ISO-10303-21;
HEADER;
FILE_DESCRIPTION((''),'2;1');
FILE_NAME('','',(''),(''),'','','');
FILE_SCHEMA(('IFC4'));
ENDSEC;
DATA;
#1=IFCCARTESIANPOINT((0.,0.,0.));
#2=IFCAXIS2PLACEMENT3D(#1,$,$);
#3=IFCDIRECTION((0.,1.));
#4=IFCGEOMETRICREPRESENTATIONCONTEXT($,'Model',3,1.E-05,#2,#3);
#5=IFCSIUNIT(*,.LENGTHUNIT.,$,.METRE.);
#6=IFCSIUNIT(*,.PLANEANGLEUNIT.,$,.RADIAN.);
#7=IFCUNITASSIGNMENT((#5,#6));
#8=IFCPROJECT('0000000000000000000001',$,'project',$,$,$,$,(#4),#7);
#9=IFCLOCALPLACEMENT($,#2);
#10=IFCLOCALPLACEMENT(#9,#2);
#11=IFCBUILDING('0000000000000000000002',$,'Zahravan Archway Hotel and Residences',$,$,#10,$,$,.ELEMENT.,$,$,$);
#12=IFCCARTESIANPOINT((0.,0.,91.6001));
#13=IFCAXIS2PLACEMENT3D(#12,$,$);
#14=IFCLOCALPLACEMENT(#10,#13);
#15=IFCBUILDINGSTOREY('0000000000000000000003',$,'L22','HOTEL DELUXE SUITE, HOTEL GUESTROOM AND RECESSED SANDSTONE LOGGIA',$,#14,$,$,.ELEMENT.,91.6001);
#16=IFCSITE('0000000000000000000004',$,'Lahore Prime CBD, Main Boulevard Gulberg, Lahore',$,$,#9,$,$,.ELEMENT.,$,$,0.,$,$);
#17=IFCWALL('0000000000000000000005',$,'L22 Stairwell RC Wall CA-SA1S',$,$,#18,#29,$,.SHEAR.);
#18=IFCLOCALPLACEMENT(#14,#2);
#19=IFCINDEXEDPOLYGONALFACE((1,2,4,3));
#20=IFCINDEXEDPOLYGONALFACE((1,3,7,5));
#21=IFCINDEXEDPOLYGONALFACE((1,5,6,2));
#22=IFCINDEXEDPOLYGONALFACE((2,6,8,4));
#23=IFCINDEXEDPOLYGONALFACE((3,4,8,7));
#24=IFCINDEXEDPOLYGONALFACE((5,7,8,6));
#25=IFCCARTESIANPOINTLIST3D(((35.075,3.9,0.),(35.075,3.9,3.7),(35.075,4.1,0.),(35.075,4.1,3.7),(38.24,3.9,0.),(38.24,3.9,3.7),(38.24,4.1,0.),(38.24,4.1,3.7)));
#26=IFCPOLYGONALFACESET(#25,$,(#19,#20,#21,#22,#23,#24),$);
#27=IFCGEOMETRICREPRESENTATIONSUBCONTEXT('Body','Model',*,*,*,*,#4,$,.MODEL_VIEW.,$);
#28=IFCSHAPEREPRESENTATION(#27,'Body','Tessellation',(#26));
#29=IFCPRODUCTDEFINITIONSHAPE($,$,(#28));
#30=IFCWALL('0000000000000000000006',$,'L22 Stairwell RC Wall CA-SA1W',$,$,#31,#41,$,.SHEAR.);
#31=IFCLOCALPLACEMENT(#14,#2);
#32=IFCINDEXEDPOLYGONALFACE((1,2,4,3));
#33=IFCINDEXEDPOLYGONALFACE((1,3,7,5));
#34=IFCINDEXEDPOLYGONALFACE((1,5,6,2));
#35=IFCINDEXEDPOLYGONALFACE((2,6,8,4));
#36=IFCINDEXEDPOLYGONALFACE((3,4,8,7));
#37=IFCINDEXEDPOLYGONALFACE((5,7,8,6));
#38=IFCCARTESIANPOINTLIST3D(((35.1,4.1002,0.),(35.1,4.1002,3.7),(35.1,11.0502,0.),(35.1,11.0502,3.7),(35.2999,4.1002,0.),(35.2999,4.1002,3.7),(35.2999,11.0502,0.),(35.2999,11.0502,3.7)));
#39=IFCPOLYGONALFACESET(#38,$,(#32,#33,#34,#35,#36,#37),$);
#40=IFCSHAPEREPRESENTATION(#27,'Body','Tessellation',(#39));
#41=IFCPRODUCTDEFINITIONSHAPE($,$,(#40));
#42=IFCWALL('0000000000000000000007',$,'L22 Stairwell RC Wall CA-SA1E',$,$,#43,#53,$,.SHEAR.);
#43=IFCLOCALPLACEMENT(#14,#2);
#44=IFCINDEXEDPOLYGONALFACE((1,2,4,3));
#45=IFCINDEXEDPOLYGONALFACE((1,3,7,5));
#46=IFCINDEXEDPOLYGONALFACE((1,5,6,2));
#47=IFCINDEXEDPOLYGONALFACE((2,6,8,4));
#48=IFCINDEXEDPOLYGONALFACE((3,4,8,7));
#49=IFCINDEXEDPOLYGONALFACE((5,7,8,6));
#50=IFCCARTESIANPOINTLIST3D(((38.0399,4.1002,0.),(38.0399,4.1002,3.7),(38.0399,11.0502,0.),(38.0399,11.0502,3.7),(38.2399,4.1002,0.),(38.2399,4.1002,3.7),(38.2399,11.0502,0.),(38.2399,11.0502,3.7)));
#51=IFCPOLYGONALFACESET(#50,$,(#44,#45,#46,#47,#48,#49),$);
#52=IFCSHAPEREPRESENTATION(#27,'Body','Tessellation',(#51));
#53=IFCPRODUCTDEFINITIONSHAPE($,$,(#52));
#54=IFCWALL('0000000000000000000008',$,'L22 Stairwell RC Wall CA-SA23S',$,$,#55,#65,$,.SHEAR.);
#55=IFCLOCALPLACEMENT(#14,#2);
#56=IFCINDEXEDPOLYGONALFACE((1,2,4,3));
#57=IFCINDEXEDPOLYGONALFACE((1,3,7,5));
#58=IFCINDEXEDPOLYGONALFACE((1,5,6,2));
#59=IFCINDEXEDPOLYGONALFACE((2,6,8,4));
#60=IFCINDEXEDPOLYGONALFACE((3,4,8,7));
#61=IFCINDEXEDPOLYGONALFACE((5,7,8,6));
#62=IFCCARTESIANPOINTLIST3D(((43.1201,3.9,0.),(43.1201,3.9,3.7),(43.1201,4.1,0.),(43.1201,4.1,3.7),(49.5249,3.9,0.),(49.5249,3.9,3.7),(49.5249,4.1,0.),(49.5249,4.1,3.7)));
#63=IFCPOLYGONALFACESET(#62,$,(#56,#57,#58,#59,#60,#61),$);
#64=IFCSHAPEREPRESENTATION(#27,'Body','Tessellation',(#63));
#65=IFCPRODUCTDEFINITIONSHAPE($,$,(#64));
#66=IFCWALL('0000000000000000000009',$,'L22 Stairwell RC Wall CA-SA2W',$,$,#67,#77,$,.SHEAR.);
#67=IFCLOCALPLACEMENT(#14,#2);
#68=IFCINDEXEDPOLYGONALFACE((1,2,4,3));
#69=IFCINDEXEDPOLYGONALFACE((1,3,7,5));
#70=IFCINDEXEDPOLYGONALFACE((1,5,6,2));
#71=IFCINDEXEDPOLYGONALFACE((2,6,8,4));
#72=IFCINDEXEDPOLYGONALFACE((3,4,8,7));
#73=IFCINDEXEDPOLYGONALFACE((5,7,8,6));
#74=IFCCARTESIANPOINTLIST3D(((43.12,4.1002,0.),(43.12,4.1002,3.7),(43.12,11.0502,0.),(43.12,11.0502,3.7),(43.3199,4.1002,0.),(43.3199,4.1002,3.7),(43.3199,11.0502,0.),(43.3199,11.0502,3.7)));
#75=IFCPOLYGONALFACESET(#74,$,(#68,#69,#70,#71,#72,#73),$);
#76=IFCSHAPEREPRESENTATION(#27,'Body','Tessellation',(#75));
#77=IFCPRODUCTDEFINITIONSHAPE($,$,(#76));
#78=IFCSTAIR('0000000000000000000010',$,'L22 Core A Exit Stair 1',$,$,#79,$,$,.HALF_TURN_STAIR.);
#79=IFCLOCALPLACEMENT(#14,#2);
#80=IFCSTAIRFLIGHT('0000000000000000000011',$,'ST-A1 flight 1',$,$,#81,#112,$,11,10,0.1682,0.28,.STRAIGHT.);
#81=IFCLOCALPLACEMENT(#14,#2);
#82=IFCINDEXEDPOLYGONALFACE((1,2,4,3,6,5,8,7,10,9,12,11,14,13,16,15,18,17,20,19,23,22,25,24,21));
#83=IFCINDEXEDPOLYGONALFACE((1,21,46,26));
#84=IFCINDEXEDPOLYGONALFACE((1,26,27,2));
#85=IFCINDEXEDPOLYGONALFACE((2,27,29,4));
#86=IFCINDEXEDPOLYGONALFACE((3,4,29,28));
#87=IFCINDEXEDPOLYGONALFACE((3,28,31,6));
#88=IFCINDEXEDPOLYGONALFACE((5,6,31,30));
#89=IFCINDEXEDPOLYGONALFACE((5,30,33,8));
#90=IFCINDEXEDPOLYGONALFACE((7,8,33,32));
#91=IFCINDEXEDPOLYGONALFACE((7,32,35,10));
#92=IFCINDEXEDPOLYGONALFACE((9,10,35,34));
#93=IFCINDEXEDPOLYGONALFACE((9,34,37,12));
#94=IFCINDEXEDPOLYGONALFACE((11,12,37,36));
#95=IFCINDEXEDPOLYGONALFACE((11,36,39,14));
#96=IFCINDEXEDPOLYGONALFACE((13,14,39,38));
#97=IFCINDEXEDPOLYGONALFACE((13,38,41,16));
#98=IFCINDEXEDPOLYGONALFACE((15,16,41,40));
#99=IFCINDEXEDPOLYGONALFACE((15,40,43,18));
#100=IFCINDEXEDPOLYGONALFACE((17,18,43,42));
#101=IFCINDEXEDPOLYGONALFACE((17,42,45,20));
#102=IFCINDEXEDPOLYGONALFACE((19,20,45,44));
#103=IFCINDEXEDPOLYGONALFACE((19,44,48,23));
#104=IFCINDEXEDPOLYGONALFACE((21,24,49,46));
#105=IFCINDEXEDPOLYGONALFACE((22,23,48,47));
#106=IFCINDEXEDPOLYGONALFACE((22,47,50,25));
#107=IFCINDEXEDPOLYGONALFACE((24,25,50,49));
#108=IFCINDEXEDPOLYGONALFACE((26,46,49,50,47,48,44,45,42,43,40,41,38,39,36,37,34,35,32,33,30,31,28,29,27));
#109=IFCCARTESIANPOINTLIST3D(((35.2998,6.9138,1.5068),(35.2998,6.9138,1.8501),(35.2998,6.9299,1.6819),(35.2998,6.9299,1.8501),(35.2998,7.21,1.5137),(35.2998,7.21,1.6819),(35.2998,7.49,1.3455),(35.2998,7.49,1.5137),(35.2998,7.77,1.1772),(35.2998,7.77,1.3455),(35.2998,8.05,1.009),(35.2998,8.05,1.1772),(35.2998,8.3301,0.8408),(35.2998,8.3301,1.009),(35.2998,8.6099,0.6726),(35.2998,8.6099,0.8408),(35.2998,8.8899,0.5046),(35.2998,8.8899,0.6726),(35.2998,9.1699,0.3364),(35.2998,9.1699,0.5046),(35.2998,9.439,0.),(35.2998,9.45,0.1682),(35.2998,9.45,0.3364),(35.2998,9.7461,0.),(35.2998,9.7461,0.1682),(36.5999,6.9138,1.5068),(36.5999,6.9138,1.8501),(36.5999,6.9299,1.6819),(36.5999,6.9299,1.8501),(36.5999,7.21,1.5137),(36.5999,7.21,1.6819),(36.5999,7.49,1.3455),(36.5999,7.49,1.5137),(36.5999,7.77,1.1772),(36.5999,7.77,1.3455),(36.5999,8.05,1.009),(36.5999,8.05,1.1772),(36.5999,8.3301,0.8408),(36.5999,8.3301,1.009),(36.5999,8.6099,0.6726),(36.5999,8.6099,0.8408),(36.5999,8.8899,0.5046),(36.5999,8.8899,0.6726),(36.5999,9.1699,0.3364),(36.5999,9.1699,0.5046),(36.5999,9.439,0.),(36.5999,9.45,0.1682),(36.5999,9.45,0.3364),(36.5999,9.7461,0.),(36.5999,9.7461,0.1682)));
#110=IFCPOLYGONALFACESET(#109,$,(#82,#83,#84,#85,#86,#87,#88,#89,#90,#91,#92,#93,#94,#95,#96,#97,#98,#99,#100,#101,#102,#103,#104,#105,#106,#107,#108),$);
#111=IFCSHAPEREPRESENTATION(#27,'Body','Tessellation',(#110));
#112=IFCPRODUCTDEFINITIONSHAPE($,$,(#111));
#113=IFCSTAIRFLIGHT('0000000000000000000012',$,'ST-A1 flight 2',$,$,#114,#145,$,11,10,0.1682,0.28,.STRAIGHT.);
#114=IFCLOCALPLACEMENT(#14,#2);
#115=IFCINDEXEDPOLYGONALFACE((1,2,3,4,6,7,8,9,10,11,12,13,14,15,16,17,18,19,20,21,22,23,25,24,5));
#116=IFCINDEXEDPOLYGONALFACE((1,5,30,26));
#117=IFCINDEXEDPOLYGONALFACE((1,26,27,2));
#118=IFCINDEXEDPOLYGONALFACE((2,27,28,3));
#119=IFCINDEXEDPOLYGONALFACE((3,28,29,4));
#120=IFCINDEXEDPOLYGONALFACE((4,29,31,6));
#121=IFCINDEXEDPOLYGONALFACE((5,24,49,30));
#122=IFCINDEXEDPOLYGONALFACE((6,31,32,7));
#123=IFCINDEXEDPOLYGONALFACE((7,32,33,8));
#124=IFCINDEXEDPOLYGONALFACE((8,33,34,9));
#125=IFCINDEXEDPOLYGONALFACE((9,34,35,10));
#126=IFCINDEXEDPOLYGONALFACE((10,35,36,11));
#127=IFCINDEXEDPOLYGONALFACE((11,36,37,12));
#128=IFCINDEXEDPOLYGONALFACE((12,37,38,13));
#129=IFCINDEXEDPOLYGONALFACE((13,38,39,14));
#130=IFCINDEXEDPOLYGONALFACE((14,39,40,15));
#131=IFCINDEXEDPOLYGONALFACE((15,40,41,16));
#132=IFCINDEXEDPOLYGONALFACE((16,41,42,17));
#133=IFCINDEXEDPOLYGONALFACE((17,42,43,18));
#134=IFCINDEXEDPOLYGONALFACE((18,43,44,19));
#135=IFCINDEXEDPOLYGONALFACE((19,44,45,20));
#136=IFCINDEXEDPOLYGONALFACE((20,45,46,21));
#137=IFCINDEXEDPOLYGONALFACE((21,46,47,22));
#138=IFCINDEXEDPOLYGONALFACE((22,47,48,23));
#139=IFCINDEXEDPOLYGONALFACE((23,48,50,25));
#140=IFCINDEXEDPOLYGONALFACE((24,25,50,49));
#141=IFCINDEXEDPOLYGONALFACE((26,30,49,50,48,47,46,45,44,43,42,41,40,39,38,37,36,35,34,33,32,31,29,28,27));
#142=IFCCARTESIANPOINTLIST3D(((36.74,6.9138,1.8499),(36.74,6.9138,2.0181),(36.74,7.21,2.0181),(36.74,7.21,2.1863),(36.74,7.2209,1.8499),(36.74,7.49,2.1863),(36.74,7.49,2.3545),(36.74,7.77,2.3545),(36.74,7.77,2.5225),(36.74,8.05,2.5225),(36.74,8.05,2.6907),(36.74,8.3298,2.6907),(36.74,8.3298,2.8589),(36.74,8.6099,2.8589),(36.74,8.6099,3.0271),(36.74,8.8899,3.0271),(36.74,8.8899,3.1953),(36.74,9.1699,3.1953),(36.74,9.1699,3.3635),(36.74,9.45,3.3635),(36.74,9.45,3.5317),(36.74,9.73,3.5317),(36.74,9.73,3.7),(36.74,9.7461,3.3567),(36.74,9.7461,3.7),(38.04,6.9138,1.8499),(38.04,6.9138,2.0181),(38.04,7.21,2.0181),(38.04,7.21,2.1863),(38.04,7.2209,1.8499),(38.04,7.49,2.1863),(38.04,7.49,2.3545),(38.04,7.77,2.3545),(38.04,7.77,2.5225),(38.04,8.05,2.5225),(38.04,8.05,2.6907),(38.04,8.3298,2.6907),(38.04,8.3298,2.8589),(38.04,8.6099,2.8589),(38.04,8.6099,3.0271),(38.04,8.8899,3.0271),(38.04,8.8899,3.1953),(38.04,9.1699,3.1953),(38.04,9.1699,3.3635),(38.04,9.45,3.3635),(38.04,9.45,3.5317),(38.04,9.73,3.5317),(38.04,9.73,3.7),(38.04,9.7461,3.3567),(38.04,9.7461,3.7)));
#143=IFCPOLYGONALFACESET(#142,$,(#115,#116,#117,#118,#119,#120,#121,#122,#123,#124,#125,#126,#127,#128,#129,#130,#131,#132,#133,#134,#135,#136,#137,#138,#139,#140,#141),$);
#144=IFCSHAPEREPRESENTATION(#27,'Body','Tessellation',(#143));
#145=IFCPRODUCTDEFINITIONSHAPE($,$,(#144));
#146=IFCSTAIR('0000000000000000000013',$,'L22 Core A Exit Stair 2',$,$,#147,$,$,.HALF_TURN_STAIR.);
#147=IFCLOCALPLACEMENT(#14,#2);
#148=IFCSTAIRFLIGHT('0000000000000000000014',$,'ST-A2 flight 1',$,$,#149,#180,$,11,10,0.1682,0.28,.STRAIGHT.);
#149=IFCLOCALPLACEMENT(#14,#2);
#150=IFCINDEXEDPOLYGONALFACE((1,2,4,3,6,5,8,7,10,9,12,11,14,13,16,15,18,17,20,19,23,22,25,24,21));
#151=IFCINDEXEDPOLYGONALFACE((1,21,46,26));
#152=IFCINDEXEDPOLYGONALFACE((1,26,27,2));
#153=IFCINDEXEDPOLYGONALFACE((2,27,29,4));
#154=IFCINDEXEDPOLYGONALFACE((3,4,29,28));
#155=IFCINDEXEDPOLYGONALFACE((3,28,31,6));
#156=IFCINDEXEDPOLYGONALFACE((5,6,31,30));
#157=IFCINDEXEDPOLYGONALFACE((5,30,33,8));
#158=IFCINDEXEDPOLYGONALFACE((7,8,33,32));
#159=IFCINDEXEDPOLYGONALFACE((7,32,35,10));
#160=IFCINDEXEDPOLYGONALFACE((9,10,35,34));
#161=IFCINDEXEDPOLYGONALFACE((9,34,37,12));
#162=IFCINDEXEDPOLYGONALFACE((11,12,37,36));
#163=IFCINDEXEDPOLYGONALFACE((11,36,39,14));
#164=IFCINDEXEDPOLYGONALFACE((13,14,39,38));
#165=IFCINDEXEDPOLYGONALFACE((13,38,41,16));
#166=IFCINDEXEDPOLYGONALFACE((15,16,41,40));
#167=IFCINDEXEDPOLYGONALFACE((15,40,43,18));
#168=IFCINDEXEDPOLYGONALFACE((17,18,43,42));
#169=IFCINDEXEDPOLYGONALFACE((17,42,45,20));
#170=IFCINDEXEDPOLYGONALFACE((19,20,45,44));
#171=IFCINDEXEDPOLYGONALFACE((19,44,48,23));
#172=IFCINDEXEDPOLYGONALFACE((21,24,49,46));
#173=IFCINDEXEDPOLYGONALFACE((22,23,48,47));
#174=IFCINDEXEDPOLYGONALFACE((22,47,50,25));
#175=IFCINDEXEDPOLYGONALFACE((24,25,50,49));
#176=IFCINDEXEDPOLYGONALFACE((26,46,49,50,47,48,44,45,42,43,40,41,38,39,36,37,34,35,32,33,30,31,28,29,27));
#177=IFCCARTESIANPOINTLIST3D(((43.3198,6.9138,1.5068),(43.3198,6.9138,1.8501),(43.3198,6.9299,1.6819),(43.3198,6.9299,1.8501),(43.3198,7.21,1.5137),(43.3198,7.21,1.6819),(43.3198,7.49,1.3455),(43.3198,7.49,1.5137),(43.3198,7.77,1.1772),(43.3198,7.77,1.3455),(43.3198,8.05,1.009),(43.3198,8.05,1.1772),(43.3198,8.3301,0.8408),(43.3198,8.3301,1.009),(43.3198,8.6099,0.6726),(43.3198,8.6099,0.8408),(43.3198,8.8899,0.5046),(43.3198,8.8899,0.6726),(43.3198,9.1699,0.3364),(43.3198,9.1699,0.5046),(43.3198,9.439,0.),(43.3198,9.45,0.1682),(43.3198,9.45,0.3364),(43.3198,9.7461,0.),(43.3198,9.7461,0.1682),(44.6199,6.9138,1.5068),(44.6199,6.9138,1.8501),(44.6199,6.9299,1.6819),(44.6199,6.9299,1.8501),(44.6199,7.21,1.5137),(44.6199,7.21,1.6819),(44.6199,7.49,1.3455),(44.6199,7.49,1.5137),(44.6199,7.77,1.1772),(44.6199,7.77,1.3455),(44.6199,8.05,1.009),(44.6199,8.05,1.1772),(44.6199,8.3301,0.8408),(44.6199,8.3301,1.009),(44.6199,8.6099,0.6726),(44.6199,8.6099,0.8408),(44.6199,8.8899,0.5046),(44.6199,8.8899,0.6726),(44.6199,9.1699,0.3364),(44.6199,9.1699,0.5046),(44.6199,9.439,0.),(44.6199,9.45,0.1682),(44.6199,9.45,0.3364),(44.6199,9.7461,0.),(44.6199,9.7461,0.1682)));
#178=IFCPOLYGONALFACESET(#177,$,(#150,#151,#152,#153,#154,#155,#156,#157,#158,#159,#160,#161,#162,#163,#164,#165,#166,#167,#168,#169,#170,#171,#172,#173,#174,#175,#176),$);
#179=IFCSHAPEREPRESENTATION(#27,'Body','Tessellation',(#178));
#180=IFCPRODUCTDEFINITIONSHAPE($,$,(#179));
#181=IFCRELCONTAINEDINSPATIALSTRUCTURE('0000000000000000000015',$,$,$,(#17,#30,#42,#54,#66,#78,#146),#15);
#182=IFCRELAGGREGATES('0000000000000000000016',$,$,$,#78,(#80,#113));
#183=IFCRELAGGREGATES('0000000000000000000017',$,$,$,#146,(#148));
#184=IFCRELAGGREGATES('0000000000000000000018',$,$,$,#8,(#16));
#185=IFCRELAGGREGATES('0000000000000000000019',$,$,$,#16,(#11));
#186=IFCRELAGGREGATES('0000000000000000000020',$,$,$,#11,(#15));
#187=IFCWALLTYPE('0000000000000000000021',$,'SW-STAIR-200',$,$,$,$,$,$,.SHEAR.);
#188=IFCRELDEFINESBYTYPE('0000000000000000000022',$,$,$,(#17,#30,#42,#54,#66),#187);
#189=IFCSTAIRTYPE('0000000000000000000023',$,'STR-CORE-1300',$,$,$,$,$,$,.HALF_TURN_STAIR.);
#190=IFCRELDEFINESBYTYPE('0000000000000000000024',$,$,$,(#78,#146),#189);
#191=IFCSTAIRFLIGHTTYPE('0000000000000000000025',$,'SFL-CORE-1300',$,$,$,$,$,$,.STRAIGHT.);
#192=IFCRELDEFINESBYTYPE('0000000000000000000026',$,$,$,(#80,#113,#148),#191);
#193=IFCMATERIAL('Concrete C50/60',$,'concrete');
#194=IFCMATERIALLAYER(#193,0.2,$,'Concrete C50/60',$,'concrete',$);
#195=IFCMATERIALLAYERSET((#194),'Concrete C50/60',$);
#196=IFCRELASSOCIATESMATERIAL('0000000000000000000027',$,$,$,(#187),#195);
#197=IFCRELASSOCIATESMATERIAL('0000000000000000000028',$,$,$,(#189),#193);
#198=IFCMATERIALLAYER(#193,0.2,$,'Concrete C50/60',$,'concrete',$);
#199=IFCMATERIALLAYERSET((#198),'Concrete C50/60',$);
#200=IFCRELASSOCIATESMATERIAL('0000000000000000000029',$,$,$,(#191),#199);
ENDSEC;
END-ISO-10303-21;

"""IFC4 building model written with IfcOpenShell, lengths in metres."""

from ifc_helpers import new_model, si_unit, direction, frame, frame_2d, origin, place, context, subcontext, project, spatial, polyline, rectangle, outline, extrude, source, transform, mapped, material, layer, layer_set, type_object, element, aggregate, save


model = new_model("IFC4")

# Units and contexts
model_context = context("Model", 3, precision=1e-05, world=origin(), true_north=direction((0.0, 1.0)))
body_context = subcontext(model_context, "Body", "Model", "MODEL_VIEW")
ifc_project = project(units=[si_unit("LENGTHUNIT", "METRE"), si_unit("PLANEANGLEUNIT", "RADIAN")], contexts=[model_context])

# Site, building, storey
site_placement = place(None, origin())
site = spatial("IfcSite", under=ifc_project, at=site_placement, Name="Lahore Prime CBD, Main Boulevard Gulberg, Lahore", CompositionType="ELEMENT", RefElevation=0.0)
building_placement = place(site_placement, origin())
building = spatial("IfcBuilding", under=site, at=building_placement, Name="Zahravan Archway Hotel and Residences", CompositionType="ELEMENT")
storey_placement = place(building_placement, frame((0.0, 0.0, 91.6001)))
storey = spatial("IfcBuildingStorey", under=building, at=storey_placement, Name="L22", Description="HOTEL DELUXE SUITE, HOTEL GUESTROOM AND RECESSED SANDSTONE LOGGIA", CompositionType="ELEMENT", Elevation=91.6001)

# Walls
ifc_material_1 = material(Name="Concrete C50/60", Category="concrete")
ifc_layer_1 = layer(ifc_material_1, 0.2, Name="Concrete C50/60", Category="concrete")
ifc_layer_set_1 = layer_set([ifc_layer_1], Name="Concrete C50/60")
wall_type_1 = type_object("IfcWallType", Name="SW-STAIR-200", PredefinedType="SHEAR", material=ifc_layer_set_1)
wall_1_placement = place(storey_placement, frame((35.075, 4.0, 0.0), z_axis=(0.0, 0.0, 1.0), x_axis=(1.0, 0.0, 0.0)))
element("IfcWall", 1, at=wall_1_placement, inside=storey, type_object=wall_type_1, Name="L22 Stairwell RC Wall CA-SA1S", PredefinedType="SHEAR", context=body_context, shape_type="SweptSolid", body=[
    extrude(rectangle(XDim=3.165, YDim=0.2, at=frame_2d((1.5825, 0.0))), origin(), (0.0, 0.0, 1.0), 3.7),
])
for number, where, z_axis, x_axis, name in (
    (2, (35.2, 4.1001, 0.0), (0.0, 0.0, 1.0), (0.0, 1.0, 0.0), "L22 Stairwell RC Wall CA-SA1W"),
    (3, (38.1399, 4.1001, 0.0), (0.0, 0.0, 1.0), (0.0, 1.0, 0.0), "L22 Stairwell RC Wall CA-SA1E"),
):
    element("IfcWall", number, at=place(storey_placement, frame(where, z_axis=z_axis, x_axis=x_axis)), inside=storey, type_object=wall_type_1, Name=name, PredefinedType="SHEAR", context=body_context, shape_type="SweptSolid", body=[
        extrude(rectangle(XDim=6.95, YDim=0.2, at=frame_2d((3.4751, 0.0))), origin(), (0.0, 0.0, 1.0), 3.7),
    ])
wall_2_placement = place(storey_placement, frame((43.1201, 4.0, 0.0), z_axis=(0.0, 0.0, 1.0), x_axis=(1.0, 0.0, 0.0)))
element("IfcWall", 4, at=wall_2_placement, inside=storey, type_object=wall_type_1, Name="L22 Stairwell RC Wall CA-SA23S", PredefinedType="SHEAR", context=body_context, shape_type="SweptSolid", body=[
    extrude(rectangle(XDim=6.4048, YDim=0.2, at=frame_2d((3.2024, 0.0))), origin(), (0.0, 0.0, 1.0), 3.7),
])
wall_3_placement = place(storey_placement, frame((43.22, 4.1001, 0.0), z_axis=(0.0, 0.0, 1.0), x_axis=(0.0, 1.0, 0.0)))
element("IfcWall", 5, at=wall_3_placement, inside=storey, type_object=wall_type_1, Name="L22 Stairwell RC Wall CA-SA2W", PredefinedType="SHEAR", context=body_context, shape_type="SweptSolid", body=[
    extrude(rectangle(XDim=6.95, YDim=0.2, at=frame_2d((3.4751, 0.0))), origin(), (0.0, 0.0, 1.0), 3.7),
])

# Stair, stair flights
stair_type = type_object("IfcStairType", Name="STR-CORE-1300", PredefinedType="HALF_TURN_STAIR", material=ifc_material_1)
stair_1_placement = place(storey_placement, origin())
stair_1 = element("IfcStair", 6, at=stair_1_placement, inside=storey, type_object=stair_type, Name="L22 Core A Exit Stair 1", PredefinedType="HALF_TURN_STAIR")
ifc_layer_2 = layer(ifc_material_1, 0.2, Name="Concrete C50/60", Category="concrete")
ifc_layer_set_2 = layer_set([ifc_layer_2], Name="Concrete C50/60")
stair_flight_type = type_object("IfcStairFlightType", Name="SFL-CORE-1300", PredefinedType="STRAIGHT", material=ifc_layer_set_2)
shared_shape_1 = source(origin(), body_context, "Body", "SweptSolid", [
    extrude(outline(polyline([(-0.0161, 0.0), (-0.0161, 0.1682), (0.28, 0.1682), (0.28, 0.3364), (0.5601, 0.3364), (0.5601, 0.5046), (0.8401, 0.5046), (0.8401, 0.6726), (1.1201, 0.6726), (1.1201, 0.8408), (1.3999, 0.8408), (1.3999, 1.009), (1.6799, 1.009), (1.6799, 1.1772), (1.96, 1.1772), (1.96, 1.3455), (2.24, 1.3455), (2.24, 1.5137), (2.52, 1.5137), (2.52, 1.6819), (2.8, 1.6819), (2.8, 1.8501), (2.8162, 1.8501), (2.8162, 1.5068), (0.291, 0.0), (-0.0161, 0.0)])), frame((0.0, 0.6499, 0.0), z_axis=(0.0, -1.0, 0.0), x_axis=(1.0, 0.0, 0.0)), (0.0, 0.0, 1.0), 1.3),
])
stair_flight_1_placement = place(storey_placement, frame((35.95, 9.73, 0.0), z_axis=(0.0, 0.0, 1.0), x_axis=(0.0, -1.0, 0.0)))
stair_flight_1 = element("IfcStairFlight", 7, at=stair_flight_1_placement, type_object=stair_flight_type, Name="ST-A1 flight 1", NumberOfRisers=11, NumberOfTreads=10, PredefinedType="STRAIGHT", RiserHeight=0.1682, TreadLength=0.28, context=body_context, shape_type="MappedRepresentation", body=[
    mapped(shared_shape_1, transform((0.0, 0.0, 0.0), scale=1.0)),
])
stair_flight_2_placement = place(storey_placement, frame((37.3899, 6.9299, 1.8499), z_axis=(0.0, 0.0, 1.0), x_axis=(0.0, 1.0, 0.0)))
stair_flight_2 = element("IfcStairFlight", 8, at=stair_flight_2_placement, type_object=stair_flight_type, Name="ST-A1 flight 2", NumberOfRisers=11, NumberOfTreads=10, PredefinedType="STRAIGHT", RiserHeight=0.1682, TreadLength=0.28, context=body_context, shape_type="MappedRepresentation", body=[
    mapped(shared_shape_1, transform((0.0, 0.0, 0.0), scale=1.0)),
])
aggregate(stair_1, [stair_flight_1, stair_flight_2])

# Stair, stair flight
stair_2_placement = place(storey_placement, origin())
stair_2 = element("IfcStair", 9, at=stair_2_placement, inside=storey, type_object=stair_type, Name="L22 Core A Exit Stair 2", PredefinedType="HALF_TURN_STAIR")
stair_flight_3_placement = place(storey_placement, frame((43.97, 9.73, 0.0), z_axis=(0.0, 0.0, 1.0), x_axis=(0.0, -1.0, 0.0)))
stair_flight_3 = element("IfcStairFlight", 10, at=stair_flight_3_placement, type_object=stair_flight_type, Name="ST-A2 flight 1", NumberOfRisers=11, NumberOfTreads=10, PredefinedType="STRAIGHT", RiserHeight=0.1682, TreadLength=0.28, context=body_context, shape_type="MappedRepresentation", body=[
    mapped(shared_shape_1, transform((0.0, 0.0, 0.0), scale=1.0)),
])
aggregate(stair_2, [stair_flight_3])

save(model, "model.ifc")
